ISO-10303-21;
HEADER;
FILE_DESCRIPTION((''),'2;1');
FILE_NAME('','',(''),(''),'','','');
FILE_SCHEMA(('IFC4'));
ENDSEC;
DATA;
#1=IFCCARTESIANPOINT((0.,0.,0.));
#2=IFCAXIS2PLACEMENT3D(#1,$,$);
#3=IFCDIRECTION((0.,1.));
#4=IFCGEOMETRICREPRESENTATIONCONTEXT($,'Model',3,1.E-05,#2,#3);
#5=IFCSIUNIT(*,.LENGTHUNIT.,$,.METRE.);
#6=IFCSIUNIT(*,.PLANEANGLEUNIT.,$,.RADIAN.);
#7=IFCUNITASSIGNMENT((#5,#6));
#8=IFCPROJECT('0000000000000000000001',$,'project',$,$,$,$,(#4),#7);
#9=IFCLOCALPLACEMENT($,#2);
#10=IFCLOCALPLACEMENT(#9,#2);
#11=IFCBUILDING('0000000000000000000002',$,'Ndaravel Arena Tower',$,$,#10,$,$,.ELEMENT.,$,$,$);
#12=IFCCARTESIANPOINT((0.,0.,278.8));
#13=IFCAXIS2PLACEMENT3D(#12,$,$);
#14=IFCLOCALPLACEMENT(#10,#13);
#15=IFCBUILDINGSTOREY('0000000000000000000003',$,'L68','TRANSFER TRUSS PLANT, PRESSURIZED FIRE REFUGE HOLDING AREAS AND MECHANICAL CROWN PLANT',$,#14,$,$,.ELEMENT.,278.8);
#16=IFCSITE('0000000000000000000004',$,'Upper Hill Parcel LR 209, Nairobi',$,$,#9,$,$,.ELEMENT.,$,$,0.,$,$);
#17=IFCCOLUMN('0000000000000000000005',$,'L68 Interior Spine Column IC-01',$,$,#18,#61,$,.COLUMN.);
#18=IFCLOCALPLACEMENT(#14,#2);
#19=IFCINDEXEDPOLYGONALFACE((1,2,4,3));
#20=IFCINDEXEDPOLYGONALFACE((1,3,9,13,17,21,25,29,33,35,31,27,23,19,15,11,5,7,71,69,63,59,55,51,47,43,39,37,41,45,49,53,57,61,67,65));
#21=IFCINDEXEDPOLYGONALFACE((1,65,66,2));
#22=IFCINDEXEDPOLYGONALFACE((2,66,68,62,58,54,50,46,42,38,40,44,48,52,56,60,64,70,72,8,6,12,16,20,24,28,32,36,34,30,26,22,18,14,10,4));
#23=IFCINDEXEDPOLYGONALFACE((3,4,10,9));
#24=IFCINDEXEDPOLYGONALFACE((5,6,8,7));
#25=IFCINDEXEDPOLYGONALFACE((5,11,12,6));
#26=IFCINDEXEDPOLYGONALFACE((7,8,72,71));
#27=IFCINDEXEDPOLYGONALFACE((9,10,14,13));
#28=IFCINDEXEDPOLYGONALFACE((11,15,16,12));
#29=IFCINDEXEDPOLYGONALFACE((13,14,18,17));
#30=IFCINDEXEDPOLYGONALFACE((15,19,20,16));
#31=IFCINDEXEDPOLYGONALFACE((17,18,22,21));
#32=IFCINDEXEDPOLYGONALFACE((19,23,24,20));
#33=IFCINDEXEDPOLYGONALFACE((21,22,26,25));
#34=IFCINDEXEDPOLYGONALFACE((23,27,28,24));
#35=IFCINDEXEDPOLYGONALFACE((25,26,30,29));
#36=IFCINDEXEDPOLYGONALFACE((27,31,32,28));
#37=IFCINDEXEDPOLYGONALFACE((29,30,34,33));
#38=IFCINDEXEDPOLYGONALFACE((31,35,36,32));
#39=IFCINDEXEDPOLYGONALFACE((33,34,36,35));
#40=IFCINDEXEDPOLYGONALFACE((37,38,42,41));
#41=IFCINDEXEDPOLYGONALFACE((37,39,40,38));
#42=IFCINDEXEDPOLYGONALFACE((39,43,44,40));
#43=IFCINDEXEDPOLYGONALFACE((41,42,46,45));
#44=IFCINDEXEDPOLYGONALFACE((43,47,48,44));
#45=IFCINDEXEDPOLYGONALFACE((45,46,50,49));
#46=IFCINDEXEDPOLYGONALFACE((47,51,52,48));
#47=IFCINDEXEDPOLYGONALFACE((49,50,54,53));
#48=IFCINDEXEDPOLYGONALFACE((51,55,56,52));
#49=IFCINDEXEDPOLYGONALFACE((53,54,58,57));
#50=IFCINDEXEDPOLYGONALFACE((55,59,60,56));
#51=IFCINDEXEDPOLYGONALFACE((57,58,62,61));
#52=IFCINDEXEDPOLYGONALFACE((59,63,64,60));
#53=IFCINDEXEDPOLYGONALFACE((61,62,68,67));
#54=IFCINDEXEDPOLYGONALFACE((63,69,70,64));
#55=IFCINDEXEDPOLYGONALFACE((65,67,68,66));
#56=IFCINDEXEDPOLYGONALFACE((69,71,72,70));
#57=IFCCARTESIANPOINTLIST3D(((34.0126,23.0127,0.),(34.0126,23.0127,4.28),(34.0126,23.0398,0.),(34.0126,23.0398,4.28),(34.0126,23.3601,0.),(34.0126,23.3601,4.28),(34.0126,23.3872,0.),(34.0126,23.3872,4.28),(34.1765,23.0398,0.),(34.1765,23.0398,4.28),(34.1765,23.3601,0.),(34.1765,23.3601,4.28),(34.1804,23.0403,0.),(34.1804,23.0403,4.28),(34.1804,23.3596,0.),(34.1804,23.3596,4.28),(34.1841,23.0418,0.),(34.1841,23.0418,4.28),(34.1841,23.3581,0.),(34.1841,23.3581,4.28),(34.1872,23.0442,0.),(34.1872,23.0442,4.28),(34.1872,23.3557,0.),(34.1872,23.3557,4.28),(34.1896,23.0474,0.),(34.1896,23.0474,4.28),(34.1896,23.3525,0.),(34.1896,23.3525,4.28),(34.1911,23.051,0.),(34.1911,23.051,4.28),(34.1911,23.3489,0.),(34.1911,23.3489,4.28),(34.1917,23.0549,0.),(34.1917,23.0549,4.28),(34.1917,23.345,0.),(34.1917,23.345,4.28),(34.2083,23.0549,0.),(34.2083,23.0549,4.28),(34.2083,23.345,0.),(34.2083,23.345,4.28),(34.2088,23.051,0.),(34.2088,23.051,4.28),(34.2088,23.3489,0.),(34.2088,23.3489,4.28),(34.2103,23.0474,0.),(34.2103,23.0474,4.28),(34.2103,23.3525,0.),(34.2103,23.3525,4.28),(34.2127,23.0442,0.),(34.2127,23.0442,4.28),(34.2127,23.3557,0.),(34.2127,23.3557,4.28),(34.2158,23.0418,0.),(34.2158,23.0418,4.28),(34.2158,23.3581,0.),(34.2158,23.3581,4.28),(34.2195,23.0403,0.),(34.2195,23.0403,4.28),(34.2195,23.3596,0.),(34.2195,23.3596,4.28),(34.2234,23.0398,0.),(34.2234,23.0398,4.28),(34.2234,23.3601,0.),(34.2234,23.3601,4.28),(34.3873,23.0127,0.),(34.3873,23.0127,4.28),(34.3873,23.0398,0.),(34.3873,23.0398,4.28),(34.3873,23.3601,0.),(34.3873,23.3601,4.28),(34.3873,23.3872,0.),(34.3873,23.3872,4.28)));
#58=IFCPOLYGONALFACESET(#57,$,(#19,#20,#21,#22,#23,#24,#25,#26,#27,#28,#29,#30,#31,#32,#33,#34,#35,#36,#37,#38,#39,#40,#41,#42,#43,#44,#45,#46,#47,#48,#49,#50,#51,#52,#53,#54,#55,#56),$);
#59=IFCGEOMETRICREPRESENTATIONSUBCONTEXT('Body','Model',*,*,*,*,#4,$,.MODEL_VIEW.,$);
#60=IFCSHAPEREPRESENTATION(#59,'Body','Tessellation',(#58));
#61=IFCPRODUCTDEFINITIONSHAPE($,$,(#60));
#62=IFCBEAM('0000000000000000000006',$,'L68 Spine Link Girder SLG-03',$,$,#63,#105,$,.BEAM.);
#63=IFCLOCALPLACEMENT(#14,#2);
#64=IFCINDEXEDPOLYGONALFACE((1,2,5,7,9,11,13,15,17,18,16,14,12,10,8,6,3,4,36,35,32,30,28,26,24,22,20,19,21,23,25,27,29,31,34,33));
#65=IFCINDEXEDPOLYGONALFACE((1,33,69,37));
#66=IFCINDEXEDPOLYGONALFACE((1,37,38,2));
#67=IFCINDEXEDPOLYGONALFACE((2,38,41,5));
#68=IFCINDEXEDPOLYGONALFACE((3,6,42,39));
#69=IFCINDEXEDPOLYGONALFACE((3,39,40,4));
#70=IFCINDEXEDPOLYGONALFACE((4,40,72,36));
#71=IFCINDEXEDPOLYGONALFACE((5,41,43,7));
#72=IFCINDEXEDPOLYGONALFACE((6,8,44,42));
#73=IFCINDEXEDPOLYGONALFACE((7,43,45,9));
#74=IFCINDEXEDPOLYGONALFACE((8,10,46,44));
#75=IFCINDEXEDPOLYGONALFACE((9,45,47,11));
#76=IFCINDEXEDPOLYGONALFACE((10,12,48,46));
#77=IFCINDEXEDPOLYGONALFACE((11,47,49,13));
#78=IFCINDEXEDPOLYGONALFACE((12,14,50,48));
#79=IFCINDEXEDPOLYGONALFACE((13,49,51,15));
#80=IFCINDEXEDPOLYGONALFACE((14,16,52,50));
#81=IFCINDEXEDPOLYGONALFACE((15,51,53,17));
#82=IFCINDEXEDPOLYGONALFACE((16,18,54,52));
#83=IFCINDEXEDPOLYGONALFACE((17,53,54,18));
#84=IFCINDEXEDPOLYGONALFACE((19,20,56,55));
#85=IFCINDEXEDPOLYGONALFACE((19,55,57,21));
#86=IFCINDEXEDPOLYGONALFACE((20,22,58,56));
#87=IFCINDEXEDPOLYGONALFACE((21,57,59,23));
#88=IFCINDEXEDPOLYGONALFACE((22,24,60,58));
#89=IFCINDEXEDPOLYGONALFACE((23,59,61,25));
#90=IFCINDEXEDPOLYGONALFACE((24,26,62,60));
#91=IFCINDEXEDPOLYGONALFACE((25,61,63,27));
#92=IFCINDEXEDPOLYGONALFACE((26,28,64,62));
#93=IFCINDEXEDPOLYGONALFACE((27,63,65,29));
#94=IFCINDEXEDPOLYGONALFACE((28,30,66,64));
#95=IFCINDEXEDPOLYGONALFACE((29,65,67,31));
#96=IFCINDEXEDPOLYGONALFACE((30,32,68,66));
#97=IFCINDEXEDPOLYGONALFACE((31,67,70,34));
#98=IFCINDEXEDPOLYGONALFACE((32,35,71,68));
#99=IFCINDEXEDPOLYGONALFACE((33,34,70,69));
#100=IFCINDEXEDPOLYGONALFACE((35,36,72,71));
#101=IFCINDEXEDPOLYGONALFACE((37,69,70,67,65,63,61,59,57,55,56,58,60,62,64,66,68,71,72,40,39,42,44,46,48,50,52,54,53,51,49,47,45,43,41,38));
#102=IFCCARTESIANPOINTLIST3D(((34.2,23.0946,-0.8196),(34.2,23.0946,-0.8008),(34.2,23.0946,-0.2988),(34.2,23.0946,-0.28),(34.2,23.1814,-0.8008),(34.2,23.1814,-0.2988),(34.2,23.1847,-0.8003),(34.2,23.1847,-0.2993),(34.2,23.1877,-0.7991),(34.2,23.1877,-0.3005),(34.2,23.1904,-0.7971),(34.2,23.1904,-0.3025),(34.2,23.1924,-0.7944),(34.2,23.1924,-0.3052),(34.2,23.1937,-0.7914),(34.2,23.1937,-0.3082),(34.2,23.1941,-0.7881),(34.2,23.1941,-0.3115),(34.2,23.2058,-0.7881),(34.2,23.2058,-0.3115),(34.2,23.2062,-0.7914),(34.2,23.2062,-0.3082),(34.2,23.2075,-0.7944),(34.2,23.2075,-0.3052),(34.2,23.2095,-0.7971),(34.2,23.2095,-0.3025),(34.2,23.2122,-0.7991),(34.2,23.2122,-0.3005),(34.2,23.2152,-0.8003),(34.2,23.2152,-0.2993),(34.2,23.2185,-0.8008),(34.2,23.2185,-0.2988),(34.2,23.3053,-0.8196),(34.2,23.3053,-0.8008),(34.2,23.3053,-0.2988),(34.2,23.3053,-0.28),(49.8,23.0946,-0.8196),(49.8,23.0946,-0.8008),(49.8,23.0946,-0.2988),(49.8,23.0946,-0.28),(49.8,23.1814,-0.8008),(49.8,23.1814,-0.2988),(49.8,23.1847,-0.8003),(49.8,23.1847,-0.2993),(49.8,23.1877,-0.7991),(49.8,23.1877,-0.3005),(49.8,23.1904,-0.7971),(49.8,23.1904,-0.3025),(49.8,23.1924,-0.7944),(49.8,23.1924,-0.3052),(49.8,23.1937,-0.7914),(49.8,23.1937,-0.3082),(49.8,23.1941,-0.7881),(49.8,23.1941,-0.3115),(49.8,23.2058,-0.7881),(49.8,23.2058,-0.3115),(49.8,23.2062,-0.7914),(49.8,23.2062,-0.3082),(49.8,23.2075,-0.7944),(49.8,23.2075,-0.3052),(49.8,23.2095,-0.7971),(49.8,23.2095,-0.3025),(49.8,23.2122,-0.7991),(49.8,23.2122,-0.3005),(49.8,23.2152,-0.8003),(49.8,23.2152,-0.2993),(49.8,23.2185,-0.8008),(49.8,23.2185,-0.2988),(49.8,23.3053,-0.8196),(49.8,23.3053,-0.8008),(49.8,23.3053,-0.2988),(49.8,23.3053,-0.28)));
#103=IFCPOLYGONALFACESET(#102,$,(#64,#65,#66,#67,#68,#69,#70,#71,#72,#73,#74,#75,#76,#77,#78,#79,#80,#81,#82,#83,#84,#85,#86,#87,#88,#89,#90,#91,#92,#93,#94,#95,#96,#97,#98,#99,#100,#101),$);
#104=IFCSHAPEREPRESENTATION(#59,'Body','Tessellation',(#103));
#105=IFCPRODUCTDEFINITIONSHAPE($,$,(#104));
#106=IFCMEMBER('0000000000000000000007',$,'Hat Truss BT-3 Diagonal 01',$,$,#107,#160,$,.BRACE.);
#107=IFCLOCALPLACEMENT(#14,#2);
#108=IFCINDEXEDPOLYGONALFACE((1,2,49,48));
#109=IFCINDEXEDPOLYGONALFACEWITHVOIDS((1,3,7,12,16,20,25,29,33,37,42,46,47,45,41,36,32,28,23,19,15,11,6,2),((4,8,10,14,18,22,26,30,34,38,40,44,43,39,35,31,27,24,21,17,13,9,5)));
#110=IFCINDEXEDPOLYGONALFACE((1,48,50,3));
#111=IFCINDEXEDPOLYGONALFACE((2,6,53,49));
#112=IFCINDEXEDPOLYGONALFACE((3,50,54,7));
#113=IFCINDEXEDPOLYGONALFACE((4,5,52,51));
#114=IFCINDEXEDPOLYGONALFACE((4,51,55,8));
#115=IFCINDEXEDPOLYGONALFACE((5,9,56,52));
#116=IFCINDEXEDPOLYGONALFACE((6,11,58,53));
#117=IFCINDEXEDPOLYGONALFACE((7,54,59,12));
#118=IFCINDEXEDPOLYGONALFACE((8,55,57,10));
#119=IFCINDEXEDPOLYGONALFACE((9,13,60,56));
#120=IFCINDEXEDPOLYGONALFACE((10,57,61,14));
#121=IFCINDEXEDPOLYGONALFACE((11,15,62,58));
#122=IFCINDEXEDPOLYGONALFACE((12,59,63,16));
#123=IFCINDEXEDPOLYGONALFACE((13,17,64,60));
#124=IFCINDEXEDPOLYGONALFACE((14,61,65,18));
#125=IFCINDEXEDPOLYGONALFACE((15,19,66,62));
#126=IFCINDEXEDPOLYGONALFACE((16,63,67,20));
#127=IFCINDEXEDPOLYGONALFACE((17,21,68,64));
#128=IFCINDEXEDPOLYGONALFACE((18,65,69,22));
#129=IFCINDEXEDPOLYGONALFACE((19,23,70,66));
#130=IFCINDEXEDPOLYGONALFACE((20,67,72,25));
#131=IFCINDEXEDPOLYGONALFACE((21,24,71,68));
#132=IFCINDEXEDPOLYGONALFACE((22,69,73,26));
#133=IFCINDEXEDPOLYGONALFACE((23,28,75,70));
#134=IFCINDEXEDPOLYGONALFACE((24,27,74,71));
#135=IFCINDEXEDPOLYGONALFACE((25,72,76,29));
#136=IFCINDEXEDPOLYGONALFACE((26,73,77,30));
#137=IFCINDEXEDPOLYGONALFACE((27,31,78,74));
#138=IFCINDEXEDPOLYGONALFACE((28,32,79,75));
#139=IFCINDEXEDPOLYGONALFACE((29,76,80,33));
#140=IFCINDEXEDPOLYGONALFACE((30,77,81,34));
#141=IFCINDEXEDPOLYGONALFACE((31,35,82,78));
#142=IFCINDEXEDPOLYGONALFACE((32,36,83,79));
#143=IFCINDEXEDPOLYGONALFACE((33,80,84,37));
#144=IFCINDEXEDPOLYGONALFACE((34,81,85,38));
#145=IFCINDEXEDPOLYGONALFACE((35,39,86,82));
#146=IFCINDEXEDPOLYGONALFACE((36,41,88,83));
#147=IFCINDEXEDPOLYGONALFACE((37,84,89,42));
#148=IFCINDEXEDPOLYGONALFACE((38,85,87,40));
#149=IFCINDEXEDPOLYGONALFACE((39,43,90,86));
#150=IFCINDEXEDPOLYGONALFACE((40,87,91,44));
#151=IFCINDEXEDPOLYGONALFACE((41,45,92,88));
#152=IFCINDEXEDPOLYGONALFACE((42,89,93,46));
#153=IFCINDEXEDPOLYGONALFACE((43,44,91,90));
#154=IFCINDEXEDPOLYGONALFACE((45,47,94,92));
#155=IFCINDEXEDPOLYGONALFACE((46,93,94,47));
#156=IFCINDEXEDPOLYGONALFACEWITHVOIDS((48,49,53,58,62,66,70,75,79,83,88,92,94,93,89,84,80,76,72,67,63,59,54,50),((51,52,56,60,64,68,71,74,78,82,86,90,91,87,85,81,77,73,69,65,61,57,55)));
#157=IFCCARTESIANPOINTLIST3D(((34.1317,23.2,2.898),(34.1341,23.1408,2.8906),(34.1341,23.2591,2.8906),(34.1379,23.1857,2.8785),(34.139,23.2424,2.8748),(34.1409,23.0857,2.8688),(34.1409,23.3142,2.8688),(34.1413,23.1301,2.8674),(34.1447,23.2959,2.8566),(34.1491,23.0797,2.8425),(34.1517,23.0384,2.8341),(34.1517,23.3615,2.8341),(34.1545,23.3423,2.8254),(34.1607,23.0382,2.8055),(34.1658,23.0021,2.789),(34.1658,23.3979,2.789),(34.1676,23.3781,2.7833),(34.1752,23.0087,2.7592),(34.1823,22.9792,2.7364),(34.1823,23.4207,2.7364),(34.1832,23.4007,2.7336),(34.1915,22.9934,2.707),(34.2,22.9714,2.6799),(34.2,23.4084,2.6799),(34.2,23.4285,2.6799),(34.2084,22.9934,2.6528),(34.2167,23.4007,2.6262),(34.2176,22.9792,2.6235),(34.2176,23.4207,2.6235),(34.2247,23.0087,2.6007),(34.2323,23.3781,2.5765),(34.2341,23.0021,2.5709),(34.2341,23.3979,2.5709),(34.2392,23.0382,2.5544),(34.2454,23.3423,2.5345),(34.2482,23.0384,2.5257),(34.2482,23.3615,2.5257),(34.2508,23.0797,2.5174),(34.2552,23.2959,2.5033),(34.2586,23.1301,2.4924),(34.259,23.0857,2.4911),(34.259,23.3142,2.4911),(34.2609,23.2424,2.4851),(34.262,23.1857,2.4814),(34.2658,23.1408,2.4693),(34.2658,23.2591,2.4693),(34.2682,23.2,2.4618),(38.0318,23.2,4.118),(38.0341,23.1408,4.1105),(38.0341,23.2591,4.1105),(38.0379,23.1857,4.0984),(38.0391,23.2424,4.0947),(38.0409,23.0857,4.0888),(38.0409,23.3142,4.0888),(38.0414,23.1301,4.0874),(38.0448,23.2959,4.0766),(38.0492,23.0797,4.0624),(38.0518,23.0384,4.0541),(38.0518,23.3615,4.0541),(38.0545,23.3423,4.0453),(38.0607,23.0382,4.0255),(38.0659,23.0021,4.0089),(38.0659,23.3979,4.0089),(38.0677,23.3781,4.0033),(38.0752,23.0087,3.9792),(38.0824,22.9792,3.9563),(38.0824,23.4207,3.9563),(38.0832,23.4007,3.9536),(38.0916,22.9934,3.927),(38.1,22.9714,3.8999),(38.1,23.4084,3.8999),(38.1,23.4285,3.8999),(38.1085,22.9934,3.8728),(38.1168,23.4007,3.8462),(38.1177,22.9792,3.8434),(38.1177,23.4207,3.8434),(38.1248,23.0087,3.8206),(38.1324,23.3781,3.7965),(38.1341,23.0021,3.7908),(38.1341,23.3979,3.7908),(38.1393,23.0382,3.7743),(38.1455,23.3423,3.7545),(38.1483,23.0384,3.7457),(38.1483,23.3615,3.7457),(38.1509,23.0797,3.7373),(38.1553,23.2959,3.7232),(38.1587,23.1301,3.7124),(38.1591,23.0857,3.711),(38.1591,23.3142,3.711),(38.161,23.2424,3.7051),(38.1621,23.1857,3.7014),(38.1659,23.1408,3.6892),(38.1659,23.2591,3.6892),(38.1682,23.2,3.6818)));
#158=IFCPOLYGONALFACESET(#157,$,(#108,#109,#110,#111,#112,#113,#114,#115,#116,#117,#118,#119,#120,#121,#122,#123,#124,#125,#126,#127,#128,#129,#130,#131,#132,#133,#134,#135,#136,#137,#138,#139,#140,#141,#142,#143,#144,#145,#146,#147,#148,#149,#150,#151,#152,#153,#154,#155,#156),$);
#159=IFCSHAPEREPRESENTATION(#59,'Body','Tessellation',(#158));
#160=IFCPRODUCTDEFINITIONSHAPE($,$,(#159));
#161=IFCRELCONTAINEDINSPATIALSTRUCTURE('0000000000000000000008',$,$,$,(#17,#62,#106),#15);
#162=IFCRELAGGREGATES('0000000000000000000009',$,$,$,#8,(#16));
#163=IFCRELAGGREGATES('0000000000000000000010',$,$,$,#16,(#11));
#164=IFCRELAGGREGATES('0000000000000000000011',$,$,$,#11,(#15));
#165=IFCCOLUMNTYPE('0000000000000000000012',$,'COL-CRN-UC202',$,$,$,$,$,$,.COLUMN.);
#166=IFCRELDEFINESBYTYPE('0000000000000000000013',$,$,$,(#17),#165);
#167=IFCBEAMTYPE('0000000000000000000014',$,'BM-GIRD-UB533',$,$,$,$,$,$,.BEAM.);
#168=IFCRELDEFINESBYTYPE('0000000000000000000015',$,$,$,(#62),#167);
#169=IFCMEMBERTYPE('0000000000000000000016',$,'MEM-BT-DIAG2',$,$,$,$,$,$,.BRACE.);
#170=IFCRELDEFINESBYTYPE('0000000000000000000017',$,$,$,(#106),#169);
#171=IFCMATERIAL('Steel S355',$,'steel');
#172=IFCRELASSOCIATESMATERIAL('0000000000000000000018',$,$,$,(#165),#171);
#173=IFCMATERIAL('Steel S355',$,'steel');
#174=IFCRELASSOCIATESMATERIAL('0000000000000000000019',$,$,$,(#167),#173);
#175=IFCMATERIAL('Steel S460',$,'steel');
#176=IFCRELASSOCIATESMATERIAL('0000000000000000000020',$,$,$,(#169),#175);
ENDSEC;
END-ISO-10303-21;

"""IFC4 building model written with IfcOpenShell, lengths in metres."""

from ifc_helpers import new_model, si_unit, direction, frame, origin, origin_2d, place, context, subcontext, project, spatial, hollow_circle, i_section, extrude, material, material_profile, profile_set, type_object, element, save


model = new_model("IFC4")

# Units and contexts
model_context = context("Model", 3, precision=1e-05, world=origin(), true_north=direction((0.0, 1.0)))
body_context = subcontext(model_context, "Body", "Model", "MODEL_VIEW")
ifc_project = project(units=[si_unit("LENGTHUNIT", "METRE"), si_unit("PLANEANGLEUNIT", "RADIAN")], contexts=[model_context])

# Site, building, storey
site_placement = place(None, origin())
site = spatial("IfcSite", under=ifc_project, at=site_placement, Name="Upper Hill Parcel LR 209, Nairobi", CompositionType="ELEMENT", RefElevation=0.0)
building_placement = place(site_placement, origin())
building = spatial("IfcBuilding", under=site, at=building_placement, Name="Ndaravel Arena Tower", CompositionType="ELEMENT")
storey_placement = place(building_placement, frame((0.0, 0.0, 278.8)))
storey = spatial("IfcBuildingStorey", under=building, at=storey_placement, Name="L68", Description="TRANSFER TRUSS PLANT, PRESSURIZED FIRE REFUGE HOLDING AREAS AND MECHANICAL CROWN PLANT", CompositionType="ELEMENT", Elevation=278.8)

# Column
ifc_material_1 = material(Name="Steel S355", Category="steel")
ifc_material_profile_1 = material_profile(ifc_material_1, i_section(OverallWidth=0.3748, OverallDepth=0.3745, WebThickness=0.0166, FlangeThickness=0.0271, FilletRadius=0.0151, at=origin_2d()), Name="UC 356x368x202")
ifc_profile_set_1 = profile_set([ifc_material_profile_1], Name="Steel S355")
column_type = type_object("IfcColumnType", Name="COL-CRN-UC202", PredefinedType="COLUMN", material=ifc_profile_set_1)
column_placement = place(storey_placement, frame((34.2, 23.2, 0.0), z_axis=(0.0, 0.0, 1.0), x_axis=(1.0, 0.0, 0.0)))
element("IfcColumn", 1, at=column_placement, inside=storey, type_object=column_type, Name="L68 Interior Spine Column IC-01", PredefinedType="COLUMN", context=body_context, shape_type="SweptSolid", body=[
    extrude(i_section(OverallWidth=0.3748, OverallDepth=0.3745, WebThickness=0.0166, FlangeThickness=0.0271, FilletRadius=0.0151, at=origin_2d()), origin(), (0.0, 0.0, 1.0), 4.28),
])

# Beam
ifc_material_2 = material(Name="Steel S355", Category="steel")
ifc_material_profile_2 = material_profile(ifc_material_2, i_section(OverallWidth=0.2107, OverallDepth=0.5396, WebThickness=0.0117, FlangeThickness=0.0188, FilletRadius=0.0127, at=origin_2d()), Name="UB 533x210x109")
ifc_profile_set_2 = profile_set([ifc_material_profile_2], Name="Steel S355")
beam_type = type_object("IfcBeamType", Name="BM-GIRD-UB533", PredefinedType="BEAM", material=ifc_profile_set_2)
beam_placement = place(storey_placement, frame((34.2, 23.2, -0.5498), z_axis=(1.0, 0.0, 0.0), x_axis=(0.0, 1.0, 0.0)))
element("IfcBeam", 2, at=beam_placement, inside=storey, type_object=beam_type, Name="L68 Spine Link Girder SLG-03", PredefinedType="BEAM", context=body_context, shape_type="SweptSolid", body=[
    extrude(i_section(OverallWidth=0.2107, OverallDepth=0.5396, WebThickness=0.0117, FlangeThickness=0.0188, FilletRadius=0.0127, at=origin_2d()), origin(), (0.0, 0.0, 1.0), 15.6001),
])

# Member
ifc_material_3 = material(Name="Steel S460", Category="steel")
ifc_material_profile_3 = material_profile(ifc_material_3, hollow_circle(Radius=0.2285, WallThickness=0.02, at=origin_2d()), Name="CHS 457x20")
ifc_profile_set_3 = profile_set([ifc_material_profile_3], Name="Steel S460")
member_type_1 = type_object("IfcMemberType", Name="MEM-BT-DIAG2", PredefinedType="BRACE", material=ifc_profile_set_3)
member_1_placement = place(storey_placement, frame((34.2, 23.2, 2.6799), z_axis=(0.954398, 0.0, 0.298537), x_axis=(0.0, 1.0, 0.0)))
element("IfcMember", 3, at=member_1_placement, inside=storey, type_object=member_type_1, Name="Hat Truss BT-3 Diagonal 01", PredefinedType="BRACE", context=body_context, shape_type="SweptSolid", body=[
    extrude(hollow_circle(Radius=0.2285, WallThickness=0.02, at=origin_2d()), origin(), (0.0, 0.0, 1.0), 4.0864),
])

save(model, "model.ifc")
